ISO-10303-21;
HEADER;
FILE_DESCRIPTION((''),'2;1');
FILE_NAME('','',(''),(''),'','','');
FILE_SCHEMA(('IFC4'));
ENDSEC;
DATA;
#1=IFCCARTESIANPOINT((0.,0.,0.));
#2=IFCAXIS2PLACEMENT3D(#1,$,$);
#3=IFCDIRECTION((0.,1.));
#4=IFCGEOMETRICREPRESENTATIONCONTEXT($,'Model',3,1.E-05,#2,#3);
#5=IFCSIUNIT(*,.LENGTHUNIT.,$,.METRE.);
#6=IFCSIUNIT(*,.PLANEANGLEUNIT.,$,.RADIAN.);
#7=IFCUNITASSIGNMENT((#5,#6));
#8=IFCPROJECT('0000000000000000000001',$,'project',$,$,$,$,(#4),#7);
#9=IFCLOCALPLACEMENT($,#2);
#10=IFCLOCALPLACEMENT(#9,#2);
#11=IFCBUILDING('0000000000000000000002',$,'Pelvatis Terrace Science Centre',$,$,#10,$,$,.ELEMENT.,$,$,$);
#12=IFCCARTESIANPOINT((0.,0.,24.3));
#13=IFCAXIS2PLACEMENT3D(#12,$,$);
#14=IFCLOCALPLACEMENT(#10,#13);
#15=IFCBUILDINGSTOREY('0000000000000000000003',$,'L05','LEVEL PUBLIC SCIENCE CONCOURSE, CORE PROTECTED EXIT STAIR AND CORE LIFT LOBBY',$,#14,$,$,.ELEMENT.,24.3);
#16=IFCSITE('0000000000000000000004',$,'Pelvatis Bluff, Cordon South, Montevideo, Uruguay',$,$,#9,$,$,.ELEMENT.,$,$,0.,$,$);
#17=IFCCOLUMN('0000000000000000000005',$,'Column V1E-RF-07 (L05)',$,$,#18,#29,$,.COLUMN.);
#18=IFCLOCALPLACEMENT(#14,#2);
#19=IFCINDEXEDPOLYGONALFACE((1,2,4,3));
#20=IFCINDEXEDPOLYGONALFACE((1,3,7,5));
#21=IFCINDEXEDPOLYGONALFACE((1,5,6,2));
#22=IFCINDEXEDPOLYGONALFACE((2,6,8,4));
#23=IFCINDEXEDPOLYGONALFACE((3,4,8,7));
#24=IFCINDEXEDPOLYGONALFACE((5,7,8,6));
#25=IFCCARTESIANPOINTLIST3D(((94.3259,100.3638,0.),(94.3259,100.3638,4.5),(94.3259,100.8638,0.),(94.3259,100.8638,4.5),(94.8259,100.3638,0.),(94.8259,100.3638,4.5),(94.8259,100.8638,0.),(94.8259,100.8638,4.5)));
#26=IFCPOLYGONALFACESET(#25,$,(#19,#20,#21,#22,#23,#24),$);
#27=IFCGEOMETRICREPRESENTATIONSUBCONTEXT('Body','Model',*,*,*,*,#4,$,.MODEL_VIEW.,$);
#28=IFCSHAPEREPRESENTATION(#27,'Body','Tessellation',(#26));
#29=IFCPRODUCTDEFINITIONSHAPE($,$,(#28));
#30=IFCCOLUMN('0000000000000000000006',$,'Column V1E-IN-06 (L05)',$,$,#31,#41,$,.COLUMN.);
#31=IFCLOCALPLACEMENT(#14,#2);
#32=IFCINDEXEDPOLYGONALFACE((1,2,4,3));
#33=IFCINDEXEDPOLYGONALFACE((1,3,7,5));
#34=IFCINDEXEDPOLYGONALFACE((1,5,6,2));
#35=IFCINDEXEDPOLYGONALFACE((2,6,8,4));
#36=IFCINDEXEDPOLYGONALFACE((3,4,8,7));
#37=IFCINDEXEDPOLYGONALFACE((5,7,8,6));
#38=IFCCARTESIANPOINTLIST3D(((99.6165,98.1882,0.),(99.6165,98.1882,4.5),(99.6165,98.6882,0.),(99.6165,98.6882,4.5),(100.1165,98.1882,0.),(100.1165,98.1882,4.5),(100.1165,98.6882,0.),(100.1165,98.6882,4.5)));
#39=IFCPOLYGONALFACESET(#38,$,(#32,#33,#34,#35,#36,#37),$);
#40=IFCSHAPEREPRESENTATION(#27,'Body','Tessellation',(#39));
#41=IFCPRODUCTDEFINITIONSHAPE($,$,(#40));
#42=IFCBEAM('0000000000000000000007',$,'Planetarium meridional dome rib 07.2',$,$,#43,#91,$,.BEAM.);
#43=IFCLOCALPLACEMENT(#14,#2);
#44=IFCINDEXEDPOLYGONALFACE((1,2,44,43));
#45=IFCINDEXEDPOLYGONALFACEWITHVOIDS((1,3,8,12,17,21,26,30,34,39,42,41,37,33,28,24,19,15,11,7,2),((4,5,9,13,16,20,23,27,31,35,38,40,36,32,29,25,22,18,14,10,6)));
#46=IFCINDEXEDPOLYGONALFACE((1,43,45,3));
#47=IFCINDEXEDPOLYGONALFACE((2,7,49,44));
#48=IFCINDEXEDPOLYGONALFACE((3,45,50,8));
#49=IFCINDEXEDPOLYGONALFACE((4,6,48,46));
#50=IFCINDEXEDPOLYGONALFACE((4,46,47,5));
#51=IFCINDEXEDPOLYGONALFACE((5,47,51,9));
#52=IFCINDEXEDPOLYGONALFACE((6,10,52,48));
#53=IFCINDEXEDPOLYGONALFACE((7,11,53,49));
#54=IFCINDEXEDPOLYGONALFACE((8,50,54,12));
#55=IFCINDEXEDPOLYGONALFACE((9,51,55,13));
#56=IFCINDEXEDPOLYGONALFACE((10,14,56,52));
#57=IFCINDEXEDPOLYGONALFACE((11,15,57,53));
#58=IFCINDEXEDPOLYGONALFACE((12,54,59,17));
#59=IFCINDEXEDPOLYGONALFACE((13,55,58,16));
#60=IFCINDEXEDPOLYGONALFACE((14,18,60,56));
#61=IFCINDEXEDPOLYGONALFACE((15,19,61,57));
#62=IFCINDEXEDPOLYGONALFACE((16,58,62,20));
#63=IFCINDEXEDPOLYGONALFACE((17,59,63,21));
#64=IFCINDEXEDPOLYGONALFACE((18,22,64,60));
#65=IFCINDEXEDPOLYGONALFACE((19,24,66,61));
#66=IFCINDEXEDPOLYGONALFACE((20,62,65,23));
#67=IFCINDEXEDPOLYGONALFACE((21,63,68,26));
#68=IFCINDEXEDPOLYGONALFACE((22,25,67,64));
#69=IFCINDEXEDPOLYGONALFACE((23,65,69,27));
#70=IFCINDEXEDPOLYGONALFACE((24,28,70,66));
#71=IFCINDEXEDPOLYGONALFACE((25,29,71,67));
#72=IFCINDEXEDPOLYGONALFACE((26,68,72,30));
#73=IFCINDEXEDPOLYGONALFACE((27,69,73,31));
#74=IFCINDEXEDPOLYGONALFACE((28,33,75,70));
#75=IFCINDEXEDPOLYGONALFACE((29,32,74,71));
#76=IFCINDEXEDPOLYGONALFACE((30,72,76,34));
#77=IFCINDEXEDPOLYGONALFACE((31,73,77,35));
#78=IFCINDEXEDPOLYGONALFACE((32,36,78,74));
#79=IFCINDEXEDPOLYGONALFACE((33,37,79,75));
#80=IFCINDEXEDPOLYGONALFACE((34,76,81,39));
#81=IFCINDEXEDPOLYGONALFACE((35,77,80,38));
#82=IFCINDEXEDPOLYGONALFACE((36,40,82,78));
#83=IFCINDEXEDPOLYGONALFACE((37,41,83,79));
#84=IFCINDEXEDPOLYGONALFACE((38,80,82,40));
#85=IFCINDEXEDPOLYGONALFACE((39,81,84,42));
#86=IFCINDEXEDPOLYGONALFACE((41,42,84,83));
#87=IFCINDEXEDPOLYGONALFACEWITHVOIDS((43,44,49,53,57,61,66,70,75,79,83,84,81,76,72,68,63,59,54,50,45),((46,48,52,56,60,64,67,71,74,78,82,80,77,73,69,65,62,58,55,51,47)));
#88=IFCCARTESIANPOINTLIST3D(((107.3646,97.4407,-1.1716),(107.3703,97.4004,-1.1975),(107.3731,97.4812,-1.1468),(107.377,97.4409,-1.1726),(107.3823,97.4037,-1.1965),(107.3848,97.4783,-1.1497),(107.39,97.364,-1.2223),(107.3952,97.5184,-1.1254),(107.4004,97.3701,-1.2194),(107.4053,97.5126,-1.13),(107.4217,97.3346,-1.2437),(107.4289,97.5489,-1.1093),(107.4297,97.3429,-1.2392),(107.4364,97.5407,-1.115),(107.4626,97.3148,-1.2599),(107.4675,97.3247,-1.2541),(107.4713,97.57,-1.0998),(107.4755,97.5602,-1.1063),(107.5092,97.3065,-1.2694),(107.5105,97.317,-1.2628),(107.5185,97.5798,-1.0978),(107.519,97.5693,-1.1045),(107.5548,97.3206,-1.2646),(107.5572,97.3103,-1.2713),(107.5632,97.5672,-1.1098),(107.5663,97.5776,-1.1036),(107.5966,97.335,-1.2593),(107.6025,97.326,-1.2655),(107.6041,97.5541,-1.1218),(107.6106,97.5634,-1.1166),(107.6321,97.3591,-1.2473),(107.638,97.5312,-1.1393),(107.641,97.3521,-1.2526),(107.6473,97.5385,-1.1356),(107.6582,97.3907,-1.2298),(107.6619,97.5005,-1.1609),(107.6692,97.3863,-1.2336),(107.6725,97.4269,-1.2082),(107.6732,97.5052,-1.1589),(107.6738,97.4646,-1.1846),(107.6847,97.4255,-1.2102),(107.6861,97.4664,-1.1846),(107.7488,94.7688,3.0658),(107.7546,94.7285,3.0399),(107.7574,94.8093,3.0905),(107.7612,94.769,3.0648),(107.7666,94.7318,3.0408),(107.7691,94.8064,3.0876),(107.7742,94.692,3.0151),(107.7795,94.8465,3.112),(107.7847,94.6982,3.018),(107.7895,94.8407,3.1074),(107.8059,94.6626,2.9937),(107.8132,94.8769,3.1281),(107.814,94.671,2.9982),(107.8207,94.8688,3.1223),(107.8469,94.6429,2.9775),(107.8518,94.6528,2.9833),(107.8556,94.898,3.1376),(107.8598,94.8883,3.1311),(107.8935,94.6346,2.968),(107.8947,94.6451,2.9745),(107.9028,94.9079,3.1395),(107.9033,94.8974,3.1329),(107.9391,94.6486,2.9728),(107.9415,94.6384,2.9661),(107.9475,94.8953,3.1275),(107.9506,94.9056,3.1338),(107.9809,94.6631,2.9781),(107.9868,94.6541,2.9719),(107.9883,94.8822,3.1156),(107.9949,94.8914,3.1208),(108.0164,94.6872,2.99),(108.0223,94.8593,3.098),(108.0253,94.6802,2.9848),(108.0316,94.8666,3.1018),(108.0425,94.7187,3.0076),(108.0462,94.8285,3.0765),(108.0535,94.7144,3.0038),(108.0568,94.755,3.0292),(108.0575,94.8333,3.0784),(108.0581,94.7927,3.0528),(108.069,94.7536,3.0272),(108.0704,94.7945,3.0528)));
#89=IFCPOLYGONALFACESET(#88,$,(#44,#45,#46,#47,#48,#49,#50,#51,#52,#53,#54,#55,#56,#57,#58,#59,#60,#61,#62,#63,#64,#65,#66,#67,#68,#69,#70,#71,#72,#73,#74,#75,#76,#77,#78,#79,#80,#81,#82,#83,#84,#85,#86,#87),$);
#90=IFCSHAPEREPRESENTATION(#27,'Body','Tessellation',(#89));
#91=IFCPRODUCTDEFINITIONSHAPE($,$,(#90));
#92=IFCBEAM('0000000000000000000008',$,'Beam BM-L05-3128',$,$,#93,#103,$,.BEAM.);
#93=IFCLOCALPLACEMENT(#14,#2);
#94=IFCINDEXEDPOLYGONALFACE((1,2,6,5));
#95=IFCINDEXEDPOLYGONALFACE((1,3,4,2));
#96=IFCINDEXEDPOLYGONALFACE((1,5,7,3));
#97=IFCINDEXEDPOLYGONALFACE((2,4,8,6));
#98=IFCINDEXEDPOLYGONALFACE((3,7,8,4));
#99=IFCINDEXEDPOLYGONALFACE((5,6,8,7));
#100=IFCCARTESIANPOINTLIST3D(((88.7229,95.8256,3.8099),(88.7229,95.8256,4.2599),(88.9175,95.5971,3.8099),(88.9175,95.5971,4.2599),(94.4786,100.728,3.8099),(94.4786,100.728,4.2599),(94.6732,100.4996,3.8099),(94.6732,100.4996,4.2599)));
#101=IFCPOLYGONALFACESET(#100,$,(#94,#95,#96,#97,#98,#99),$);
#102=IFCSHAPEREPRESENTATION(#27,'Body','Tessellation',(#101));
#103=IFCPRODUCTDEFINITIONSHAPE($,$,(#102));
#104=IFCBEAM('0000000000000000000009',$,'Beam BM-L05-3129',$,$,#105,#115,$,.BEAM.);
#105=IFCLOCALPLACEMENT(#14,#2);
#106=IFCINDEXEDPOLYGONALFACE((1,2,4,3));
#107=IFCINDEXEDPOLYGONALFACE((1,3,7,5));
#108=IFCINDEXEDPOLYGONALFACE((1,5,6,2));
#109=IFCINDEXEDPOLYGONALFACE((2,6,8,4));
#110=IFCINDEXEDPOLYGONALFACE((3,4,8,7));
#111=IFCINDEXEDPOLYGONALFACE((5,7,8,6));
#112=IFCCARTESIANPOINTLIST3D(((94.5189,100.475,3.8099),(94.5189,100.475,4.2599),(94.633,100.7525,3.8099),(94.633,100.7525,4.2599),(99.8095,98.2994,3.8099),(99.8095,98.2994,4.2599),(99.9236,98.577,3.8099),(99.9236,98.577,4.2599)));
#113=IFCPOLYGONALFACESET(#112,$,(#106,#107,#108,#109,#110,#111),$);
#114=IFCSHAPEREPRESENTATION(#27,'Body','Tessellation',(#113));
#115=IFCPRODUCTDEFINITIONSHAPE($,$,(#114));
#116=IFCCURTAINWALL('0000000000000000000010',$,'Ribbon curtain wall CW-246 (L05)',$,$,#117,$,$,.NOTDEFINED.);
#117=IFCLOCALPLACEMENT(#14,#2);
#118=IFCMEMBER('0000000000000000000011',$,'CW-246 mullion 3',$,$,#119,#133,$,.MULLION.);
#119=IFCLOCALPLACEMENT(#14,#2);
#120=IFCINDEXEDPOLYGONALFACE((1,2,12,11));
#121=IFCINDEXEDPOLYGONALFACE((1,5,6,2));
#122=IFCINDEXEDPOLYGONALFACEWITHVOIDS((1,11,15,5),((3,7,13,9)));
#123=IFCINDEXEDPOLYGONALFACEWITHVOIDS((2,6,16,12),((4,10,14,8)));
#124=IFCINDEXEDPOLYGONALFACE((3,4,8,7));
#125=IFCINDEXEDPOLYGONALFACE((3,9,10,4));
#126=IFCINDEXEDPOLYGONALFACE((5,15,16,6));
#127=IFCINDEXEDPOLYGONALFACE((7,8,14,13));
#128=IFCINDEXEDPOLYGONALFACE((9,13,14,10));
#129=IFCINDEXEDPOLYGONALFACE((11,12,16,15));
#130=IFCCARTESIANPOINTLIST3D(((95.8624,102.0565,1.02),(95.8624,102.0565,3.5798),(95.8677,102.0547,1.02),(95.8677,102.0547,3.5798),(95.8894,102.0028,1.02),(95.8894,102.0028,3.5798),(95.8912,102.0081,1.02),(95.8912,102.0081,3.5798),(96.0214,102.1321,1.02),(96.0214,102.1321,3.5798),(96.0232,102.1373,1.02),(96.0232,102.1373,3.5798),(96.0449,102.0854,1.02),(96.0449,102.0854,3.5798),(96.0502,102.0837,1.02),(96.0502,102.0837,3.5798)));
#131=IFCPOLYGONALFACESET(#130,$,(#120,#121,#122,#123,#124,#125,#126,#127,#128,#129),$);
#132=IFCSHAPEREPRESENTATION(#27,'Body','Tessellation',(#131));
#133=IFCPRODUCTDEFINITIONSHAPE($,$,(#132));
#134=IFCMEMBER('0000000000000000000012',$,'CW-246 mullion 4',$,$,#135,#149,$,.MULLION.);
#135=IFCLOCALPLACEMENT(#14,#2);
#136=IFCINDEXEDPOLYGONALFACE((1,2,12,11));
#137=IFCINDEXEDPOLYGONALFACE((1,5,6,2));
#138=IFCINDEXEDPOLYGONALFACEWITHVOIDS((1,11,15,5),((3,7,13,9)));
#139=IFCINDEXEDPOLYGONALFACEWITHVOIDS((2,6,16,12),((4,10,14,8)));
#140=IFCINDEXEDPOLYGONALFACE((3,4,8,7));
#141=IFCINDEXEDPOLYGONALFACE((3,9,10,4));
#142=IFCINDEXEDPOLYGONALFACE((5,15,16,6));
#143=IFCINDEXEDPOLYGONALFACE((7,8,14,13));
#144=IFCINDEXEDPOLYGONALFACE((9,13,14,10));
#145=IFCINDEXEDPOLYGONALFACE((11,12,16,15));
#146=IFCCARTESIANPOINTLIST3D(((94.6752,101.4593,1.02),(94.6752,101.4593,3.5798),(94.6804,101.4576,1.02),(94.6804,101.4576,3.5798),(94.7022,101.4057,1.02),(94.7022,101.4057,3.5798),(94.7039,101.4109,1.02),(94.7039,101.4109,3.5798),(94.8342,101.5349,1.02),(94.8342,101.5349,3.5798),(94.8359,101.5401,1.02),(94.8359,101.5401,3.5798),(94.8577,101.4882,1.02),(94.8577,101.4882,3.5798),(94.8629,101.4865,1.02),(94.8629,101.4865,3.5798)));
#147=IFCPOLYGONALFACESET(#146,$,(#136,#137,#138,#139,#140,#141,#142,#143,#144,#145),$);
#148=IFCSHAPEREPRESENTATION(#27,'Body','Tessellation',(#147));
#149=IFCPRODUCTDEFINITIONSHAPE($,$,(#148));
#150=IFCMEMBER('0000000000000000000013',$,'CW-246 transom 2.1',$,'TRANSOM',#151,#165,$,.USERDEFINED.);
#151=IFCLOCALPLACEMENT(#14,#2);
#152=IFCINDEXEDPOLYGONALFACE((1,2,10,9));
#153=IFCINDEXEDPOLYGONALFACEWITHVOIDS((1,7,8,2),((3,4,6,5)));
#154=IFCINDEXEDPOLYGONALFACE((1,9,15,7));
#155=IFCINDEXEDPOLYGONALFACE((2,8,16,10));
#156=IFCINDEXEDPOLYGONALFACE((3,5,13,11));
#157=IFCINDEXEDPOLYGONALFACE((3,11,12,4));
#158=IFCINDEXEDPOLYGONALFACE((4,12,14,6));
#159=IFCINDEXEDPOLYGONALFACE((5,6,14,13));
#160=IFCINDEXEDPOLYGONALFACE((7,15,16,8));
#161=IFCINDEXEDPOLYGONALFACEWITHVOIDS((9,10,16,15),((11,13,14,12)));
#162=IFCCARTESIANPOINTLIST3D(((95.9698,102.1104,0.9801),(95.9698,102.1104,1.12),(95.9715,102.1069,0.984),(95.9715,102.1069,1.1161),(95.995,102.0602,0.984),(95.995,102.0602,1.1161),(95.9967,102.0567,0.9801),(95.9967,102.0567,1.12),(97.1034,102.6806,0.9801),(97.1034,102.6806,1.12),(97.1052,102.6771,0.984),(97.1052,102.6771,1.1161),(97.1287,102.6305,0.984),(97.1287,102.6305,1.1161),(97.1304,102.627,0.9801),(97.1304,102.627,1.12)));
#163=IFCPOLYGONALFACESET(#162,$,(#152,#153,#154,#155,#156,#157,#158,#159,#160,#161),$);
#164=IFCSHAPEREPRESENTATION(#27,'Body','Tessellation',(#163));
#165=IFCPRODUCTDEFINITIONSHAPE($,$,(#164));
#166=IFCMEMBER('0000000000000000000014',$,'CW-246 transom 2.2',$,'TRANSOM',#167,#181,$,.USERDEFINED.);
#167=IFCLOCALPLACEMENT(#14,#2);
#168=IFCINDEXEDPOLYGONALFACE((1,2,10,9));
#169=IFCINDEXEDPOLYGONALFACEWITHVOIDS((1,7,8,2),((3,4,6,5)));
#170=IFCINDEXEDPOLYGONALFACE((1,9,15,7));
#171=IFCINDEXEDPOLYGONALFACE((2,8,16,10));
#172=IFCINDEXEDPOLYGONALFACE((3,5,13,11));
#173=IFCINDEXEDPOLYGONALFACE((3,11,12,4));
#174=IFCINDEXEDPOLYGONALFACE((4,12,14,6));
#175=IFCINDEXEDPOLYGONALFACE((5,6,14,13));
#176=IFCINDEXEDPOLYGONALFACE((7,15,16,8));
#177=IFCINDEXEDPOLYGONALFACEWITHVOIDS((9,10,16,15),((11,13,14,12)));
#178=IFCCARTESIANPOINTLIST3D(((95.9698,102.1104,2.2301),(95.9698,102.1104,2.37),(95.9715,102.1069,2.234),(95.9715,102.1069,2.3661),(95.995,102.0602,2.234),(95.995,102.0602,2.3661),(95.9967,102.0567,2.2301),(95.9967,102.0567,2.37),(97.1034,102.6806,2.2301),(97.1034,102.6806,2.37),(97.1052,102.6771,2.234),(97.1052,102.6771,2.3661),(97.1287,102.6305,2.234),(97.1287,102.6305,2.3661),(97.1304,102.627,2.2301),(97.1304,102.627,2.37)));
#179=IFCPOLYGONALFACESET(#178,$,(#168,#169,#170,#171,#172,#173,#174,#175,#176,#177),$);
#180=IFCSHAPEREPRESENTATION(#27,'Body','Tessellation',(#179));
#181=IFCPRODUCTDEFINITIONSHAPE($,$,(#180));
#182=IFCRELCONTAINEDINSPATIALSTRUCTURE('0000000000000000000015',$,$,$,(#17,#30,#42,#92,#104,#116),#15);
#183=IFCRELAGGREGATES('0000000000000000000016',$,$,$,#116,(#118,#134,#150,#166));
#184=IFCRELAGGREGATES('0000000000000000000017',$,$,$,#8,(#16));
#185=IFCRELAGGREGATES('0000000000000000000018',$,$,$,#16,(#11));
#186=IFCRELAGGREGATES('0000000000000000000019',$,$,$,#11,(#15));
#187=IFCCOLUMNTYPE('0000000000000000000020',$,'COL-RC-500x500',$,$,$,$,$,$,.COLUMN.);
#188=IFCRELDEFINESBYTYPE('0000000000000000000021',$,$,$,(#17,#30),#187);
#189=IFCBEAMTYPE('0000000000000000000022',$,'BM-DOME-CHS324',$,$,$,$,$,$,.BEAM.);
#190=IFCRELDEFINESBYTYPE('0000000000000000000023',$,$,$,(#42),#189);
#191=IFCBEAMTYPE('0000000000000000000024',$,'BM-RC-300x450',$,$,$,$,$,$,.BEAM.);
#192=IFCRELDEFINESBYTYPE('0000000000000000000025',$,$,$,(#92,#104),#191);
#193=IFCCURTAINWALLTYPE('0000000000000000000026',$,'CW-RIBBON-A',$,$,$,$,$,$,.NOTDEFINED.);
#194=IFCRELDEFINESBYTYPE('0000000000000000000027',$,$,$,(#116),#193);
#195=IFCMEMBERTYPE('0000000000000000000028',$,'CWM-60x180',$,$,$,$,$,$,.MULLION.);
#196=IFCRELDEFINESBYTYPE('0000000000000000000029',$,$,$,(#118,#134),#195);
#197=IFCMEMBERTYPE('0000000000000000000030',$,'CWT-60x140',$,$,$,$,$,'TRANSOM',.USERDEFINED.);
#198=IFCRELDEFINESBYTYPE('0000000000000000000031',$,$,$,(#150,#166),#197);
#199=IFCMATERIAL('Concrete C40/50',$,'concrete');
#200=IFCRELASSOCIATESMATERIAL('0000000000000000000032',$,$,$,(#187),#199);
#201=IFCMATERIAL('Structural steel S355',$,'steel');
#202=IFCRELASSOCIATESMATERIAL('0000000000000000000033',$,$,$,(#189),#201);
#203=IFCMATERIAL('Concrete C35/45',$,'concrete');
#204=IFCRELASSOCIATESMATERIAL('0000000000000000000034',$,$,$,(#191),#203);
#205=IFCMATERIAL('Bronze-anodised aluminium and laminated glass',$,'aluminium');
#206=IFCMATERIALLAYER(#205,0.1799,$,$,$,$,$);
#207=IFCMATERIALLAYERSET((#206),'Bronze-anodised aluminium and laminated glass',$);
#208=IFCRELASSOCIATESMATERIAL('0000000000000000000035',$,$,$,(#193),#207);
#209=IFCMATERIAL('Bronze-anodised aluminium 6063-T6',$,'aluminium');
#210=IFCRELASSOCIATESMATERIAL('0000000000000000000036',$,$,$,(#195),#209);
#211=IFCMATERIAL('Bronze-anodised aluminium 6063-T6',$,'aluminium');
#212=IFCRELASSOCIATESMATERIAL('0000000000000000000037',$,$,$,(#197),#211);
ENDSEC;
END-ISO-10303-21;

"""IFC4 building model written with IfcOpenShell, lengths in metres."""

from ifc_helpers import new_model, si_unit, direction, frame, origin, origin_2d, place, context, subcontext, project, spatial, rectangle, hollow_rectangle, hollow_circle, extrude, material, layer, layer_set, material_profile, profile_set, type_object, element, aggregate, save


model = new_model("IFC4")

# Units and contexts
model_context = context("Model", 3, precision=1e-05, world=origin(), true_north=direction((0.0, 1.0)))
body_context = subcontext(model_context, "Body", "Model", "MODEL_VIEW")
ifc_project = project(units=[si_unit("LENGTHUNIT", "METRE"), si_unit("PLANEANGLEUNIT", "RADIAN")], contexts=[model_context])

# Site, building, storey
site_placement = place(None, origin())
site = spatial("IfcSite", under=ifc_project, at=site_placement, Name="Pelvatis Bluff, Cordon South, Montevideo, Uruguay", CompositionType="ELEMENT", RefElevation=0.0)
building_placement = place(site_placement, origin())
building = spatial("IfcBuilding", under=site, at=building_placement, Name="Pelvatis Terrace Science Centre", CompositionType="ELEMENT")
storey_placement = place(building_placement, frame((0.0, 0.0, 24.3)))
storey = spatial("IfcBuildingStorey", under=building, at=storey_placement, Name="L05", Description="LEVEL PUBLIC SCIENCE CONCOURSE, CORE PROTECTED EXIT STAIR AND CORE LIFT LOBBY", CompositionType="ELEMENT", Elevation=24.3)

# Columns
ifc_material_1 = material(Name="Concrete C40/50", Category="concrete")
ifc_material_profile_1 = material_profile(ifc_material_1, rectangle(XDim=0.5, YDim=0.5, at=origin_2d()), Name="RC-COL 500x500")
ifc_profile_set_1 = profile_set([ifc_material_profile_1], Name="Concrete C40/50")
column_type = type_object("IfcColumnType", Name="COL-RC-500x500", PredefinedType="COLUMN", material=ifc_profile_set_1)
for number, where, z_axis, x_axis, name in (
    (1, (94.5759, 100.6138, 0.0), (0.0, 0.0, 1.0), (1.0, 0.0, 0.0), "Column V1E-RF-07 (L05)"),
    (2, (99.8665, 98.4382, 0.0), (0.0, 0.0, 1.0), (1.0, 0.0, 0.0), "Column V1E-IN-06 (L05)"),
):
    element("IfcColumn", number, at=place(storey_placement, frame(where, z_axis=z_axis, x_axis=x_axis)), inside=storey, type_object=column_type, Name=name, PredefinedType="COLUMN", context=body_context, shape_type="SweptSolid", body=[
        extrude(rectangle(XDim=0.5, YDim=0.5, at=origin_2d()), origin(), (0.0, 0.0, 1.0), 4.5),
    ])

# Beams
ifc_material_2 = material(Name="Structural steel S355", Category="steel")
ifc_material_profile_2 = material_profile(ifc_material_2, hollow_circle(Radius=0.1619, WallThickness=0.0125, at=origin_2d()), Name="CHS 323.9x12.5")
ifc_profile_set_2 = profile_set([ifc_material_profile_2], Name="Structural steel S355")
beam_type_1 = type_object("IfcBeamType", Name="BM-DOME-CHS324", PredefinedType="BEAM", material=ifc_profile_set_2)
beam_1_placement = place(storey_placement, frame((107.5259, 97.4434, -1.1846), z_axis=(0.076487, -0.531814, 0.8434), x_axis=(0.989815, 0.142358, 0.0)))
element("IfcBeam", 3, at=beam_1_placement, inside=storey, type_object=beam_type_1, Name="Planetarium meridional dome rib 07.2", PredefinedType="BEAM", context=body_context, shape_type="SweptSolid", body=[
    extrude(hollow_circle(Radius=0.1619, WallThickness=0.0125, at=origin_2d()), origin(), (0.0, 0.0, 1.0), 5.0242),
])
ifc_material_3 = material(Name="Concrete C35/45", Category="concrete")
ifc_material_profile_3 = material_profile(ifc_material_3, rectangle(XDim=0.3, YDim=0.45, at=origin_2d()), Name="RC-BM 300x450")
ifc_profile_set_3 = profile_set([ifc_material_profile_3], Name="Concrete C35/45")
beam_type_2 = type_object("IfcBeamType", Name="BM-RC-300x450", PredefinedType="BEAM", material=ifc_profile_set_3)
beam_2_placement = place(storey_placement, frame((94.5759, 100.6138, 4.0349), z_axis=(-0.761282, -0.648421, 0.0), x_axis=(0.648421, -0.761282, 0.0)))
element("IfcBeam", 4, at=beam_2_placement, inside=storey, type_object=beam_type_2, Name="Beam BM-L05-3128", PredefinedType="BEAM", context=body_context, shape_type="SweptSolid", body=[
    extrude(rectangle(XDim=0.3, YDim=0.45, at=origin_2d()), origin(), (0.0, 0.0, 1.0), 7.5605),
])
beam_3_placement = place(storey_placement, frame((94.5759, 100.6138, 4.0349), z_axis=(0.924857, -0.380314, 0.0), x_axis=(0.380314, 0.924857, 0.0)))
element("IfcBeam", 5, at=beam_3_placement, inside=storey, type_object=beam_type_2, Name="Beam BM-L05-3129", PredefinedType="BEAM", context=body_context, shape_type="SweptSolid", body=[
    extrude(rectangle(XDim=0.3, YDim=0.45, at=origin_2d()), origin(), (0.0, 0.0, 1.0), 5.7205),
])

# Curtain wall, members
ifc_material_4 = material(Name="Bronze-anodised aluminium and laminated glass", Category="aluminium")
ifc_layer_1 = layer(ifc_material_4, 0.1799)
ifc_layer_set_1 = layer_set([ifc_layer_1], Name="Bronze-anodised aluminium and laminated glass")
curtain_wall_type = type_object("IfcCurtainWallType", Name="CW-RIBBON-A", PredefinedType="NOTDEFINED", material=ifc_layer_set_1)
curtain_wall_placement = place(storey_placement, origin())
curtain_wall = element("IfcCurtainWall", 6, at=curtain_wall_placement, inside=storey, type_object=curtain_wall_type, Name="Ribbon curtain wall CW-246 (L05)", PredefinedType="NOTDEFINED")
ifc_material_5 = material(Name="Bronze-anodised aluminium 6063-T6", Category="aluminium")
ifc_material_profile_4 = material_profile(ifc_material_5, hollow_rectangle(XDim=0.0601, YDim=0.1799, WallThickness=0.0039, at=origin_2d()), Name="ALU-MUL 60x180")
ifc_profile_set_4 = profile_set([ifc_material_profile_4], Name="Bronze-anodised aluminium 6063-T6")
member_type_1 = type_object("IfcMemberType", Name="CWM-60x180", PredefinedType="MULLION", material=ifc_profile_set_4)
member_1_placement = place(storey_placement, frame((95.9563, 102.0701, 1.02), z_axis=(0.0, 0.0, 1.0), x_axis=(0.449304, -0.893379, 0.0)))
member_1 = element("IfcMember", 7, at=member_1_placement, type_object=member_type_1, Name="CW-246 mullion 3", PredefinedType="MULLION", context=body_context, shape_type="SweptSolid", body=[
    extrude(hollow_rectangle(XDim=0.0601, YDim=0.1799, WallThickness=0.0039, at=origin_2d()), origin(), (0.0, 0.0, 1.0), 2.5598),
])
member_2_placement = place(storey_placement, frame((94.769, 101.4729, 1.02), z_axis=(0.0, 0.0, 1.0), x_axis=(0.449304, -0.893379, 0.0)))
member_2 = element("IfcMember", 8, at=member_2_placement, type_object=member_type_1, Name="CW-246 mullion 4", PredefinedType="MULLION", context=body_context, shape_type="SweptSolid", body=[
    extrude(hollow_rectangle(XDim=0.0601, YDim=0.1799, WallThickness=0.0039, at=origin_2d()), origin(), (0.0, 0.0, 1.0), 2.5598),
])
ifc_material_6 = material(Name="Bronze-anodised aluminium 6063-T6", Category="aluminium")
ifc_material_profile_5 = material_profile(ifc_material_6, hollow_rectangle(XDim=0.0601, YDim=0.1399, WallThickness=0.0039, at=origin_2d()), Name="ALU-TRN 60x140")
ifc_profile_set_5 = profile_set([ifc_material_profile_5], Name="Bronze-anodised aluminium 6063-T6")
member_type_2 = type_object("IfcMemberType", Name="CWT-60x140", ElementType="TRANSOM", PredefinedType="USERDEFINED", material=ifc_profile_set_5)
member_3_placement = place(storey_placement, frame((97.1169, 102.6538, 1.05), z_axis=(-0.893347, -0.449367, 0.0), x_axis=(0.449367, -0.893347, 0.0)))
member_3 = element("IfcMember", 9, at=member_3_placement, type_object=member_type_2, Name="CW-246 transom 2.1", ObjectType="TRANSOM", PredefinedType="USERDEFINED", context=body_context, shape_type="SweptSolid", body=[
    extrude(hollow_rectangle(XDim=0.0601, YDim=0.1399, WallThickness=0.0039, at=origin_2d()), origin(), (0.0, 0.0, 1.0), 1.269),
])
member_4_placement = place(storey_placement, frame((97.1169, 102.6538, 2.3), z_axis=(-0.893347, -0.449367, 0.0), x_axis=(0.449367, -0.893347, 0.0)))
member_4 = element("IfcMember", 10, at=member_4_placement, type_object=member_type_2, Name="CW-246 transom 2.2", ObjectType="TRANSOM", PredefinedType="USERDEFINED", context=body_context, shape_type="SweptSolid", body=[
    extrude(hollow_rectangle(XDim=0.0601, YDim=0.1399, WallThickness=0.0039, at=origin_2d()), origin(), (0.0, 0.0, 1.0), 1.269),
])

aggregate(curtain_wall, [member_1, member_2, member_3, member_4])

save(model, "model.ifc")
